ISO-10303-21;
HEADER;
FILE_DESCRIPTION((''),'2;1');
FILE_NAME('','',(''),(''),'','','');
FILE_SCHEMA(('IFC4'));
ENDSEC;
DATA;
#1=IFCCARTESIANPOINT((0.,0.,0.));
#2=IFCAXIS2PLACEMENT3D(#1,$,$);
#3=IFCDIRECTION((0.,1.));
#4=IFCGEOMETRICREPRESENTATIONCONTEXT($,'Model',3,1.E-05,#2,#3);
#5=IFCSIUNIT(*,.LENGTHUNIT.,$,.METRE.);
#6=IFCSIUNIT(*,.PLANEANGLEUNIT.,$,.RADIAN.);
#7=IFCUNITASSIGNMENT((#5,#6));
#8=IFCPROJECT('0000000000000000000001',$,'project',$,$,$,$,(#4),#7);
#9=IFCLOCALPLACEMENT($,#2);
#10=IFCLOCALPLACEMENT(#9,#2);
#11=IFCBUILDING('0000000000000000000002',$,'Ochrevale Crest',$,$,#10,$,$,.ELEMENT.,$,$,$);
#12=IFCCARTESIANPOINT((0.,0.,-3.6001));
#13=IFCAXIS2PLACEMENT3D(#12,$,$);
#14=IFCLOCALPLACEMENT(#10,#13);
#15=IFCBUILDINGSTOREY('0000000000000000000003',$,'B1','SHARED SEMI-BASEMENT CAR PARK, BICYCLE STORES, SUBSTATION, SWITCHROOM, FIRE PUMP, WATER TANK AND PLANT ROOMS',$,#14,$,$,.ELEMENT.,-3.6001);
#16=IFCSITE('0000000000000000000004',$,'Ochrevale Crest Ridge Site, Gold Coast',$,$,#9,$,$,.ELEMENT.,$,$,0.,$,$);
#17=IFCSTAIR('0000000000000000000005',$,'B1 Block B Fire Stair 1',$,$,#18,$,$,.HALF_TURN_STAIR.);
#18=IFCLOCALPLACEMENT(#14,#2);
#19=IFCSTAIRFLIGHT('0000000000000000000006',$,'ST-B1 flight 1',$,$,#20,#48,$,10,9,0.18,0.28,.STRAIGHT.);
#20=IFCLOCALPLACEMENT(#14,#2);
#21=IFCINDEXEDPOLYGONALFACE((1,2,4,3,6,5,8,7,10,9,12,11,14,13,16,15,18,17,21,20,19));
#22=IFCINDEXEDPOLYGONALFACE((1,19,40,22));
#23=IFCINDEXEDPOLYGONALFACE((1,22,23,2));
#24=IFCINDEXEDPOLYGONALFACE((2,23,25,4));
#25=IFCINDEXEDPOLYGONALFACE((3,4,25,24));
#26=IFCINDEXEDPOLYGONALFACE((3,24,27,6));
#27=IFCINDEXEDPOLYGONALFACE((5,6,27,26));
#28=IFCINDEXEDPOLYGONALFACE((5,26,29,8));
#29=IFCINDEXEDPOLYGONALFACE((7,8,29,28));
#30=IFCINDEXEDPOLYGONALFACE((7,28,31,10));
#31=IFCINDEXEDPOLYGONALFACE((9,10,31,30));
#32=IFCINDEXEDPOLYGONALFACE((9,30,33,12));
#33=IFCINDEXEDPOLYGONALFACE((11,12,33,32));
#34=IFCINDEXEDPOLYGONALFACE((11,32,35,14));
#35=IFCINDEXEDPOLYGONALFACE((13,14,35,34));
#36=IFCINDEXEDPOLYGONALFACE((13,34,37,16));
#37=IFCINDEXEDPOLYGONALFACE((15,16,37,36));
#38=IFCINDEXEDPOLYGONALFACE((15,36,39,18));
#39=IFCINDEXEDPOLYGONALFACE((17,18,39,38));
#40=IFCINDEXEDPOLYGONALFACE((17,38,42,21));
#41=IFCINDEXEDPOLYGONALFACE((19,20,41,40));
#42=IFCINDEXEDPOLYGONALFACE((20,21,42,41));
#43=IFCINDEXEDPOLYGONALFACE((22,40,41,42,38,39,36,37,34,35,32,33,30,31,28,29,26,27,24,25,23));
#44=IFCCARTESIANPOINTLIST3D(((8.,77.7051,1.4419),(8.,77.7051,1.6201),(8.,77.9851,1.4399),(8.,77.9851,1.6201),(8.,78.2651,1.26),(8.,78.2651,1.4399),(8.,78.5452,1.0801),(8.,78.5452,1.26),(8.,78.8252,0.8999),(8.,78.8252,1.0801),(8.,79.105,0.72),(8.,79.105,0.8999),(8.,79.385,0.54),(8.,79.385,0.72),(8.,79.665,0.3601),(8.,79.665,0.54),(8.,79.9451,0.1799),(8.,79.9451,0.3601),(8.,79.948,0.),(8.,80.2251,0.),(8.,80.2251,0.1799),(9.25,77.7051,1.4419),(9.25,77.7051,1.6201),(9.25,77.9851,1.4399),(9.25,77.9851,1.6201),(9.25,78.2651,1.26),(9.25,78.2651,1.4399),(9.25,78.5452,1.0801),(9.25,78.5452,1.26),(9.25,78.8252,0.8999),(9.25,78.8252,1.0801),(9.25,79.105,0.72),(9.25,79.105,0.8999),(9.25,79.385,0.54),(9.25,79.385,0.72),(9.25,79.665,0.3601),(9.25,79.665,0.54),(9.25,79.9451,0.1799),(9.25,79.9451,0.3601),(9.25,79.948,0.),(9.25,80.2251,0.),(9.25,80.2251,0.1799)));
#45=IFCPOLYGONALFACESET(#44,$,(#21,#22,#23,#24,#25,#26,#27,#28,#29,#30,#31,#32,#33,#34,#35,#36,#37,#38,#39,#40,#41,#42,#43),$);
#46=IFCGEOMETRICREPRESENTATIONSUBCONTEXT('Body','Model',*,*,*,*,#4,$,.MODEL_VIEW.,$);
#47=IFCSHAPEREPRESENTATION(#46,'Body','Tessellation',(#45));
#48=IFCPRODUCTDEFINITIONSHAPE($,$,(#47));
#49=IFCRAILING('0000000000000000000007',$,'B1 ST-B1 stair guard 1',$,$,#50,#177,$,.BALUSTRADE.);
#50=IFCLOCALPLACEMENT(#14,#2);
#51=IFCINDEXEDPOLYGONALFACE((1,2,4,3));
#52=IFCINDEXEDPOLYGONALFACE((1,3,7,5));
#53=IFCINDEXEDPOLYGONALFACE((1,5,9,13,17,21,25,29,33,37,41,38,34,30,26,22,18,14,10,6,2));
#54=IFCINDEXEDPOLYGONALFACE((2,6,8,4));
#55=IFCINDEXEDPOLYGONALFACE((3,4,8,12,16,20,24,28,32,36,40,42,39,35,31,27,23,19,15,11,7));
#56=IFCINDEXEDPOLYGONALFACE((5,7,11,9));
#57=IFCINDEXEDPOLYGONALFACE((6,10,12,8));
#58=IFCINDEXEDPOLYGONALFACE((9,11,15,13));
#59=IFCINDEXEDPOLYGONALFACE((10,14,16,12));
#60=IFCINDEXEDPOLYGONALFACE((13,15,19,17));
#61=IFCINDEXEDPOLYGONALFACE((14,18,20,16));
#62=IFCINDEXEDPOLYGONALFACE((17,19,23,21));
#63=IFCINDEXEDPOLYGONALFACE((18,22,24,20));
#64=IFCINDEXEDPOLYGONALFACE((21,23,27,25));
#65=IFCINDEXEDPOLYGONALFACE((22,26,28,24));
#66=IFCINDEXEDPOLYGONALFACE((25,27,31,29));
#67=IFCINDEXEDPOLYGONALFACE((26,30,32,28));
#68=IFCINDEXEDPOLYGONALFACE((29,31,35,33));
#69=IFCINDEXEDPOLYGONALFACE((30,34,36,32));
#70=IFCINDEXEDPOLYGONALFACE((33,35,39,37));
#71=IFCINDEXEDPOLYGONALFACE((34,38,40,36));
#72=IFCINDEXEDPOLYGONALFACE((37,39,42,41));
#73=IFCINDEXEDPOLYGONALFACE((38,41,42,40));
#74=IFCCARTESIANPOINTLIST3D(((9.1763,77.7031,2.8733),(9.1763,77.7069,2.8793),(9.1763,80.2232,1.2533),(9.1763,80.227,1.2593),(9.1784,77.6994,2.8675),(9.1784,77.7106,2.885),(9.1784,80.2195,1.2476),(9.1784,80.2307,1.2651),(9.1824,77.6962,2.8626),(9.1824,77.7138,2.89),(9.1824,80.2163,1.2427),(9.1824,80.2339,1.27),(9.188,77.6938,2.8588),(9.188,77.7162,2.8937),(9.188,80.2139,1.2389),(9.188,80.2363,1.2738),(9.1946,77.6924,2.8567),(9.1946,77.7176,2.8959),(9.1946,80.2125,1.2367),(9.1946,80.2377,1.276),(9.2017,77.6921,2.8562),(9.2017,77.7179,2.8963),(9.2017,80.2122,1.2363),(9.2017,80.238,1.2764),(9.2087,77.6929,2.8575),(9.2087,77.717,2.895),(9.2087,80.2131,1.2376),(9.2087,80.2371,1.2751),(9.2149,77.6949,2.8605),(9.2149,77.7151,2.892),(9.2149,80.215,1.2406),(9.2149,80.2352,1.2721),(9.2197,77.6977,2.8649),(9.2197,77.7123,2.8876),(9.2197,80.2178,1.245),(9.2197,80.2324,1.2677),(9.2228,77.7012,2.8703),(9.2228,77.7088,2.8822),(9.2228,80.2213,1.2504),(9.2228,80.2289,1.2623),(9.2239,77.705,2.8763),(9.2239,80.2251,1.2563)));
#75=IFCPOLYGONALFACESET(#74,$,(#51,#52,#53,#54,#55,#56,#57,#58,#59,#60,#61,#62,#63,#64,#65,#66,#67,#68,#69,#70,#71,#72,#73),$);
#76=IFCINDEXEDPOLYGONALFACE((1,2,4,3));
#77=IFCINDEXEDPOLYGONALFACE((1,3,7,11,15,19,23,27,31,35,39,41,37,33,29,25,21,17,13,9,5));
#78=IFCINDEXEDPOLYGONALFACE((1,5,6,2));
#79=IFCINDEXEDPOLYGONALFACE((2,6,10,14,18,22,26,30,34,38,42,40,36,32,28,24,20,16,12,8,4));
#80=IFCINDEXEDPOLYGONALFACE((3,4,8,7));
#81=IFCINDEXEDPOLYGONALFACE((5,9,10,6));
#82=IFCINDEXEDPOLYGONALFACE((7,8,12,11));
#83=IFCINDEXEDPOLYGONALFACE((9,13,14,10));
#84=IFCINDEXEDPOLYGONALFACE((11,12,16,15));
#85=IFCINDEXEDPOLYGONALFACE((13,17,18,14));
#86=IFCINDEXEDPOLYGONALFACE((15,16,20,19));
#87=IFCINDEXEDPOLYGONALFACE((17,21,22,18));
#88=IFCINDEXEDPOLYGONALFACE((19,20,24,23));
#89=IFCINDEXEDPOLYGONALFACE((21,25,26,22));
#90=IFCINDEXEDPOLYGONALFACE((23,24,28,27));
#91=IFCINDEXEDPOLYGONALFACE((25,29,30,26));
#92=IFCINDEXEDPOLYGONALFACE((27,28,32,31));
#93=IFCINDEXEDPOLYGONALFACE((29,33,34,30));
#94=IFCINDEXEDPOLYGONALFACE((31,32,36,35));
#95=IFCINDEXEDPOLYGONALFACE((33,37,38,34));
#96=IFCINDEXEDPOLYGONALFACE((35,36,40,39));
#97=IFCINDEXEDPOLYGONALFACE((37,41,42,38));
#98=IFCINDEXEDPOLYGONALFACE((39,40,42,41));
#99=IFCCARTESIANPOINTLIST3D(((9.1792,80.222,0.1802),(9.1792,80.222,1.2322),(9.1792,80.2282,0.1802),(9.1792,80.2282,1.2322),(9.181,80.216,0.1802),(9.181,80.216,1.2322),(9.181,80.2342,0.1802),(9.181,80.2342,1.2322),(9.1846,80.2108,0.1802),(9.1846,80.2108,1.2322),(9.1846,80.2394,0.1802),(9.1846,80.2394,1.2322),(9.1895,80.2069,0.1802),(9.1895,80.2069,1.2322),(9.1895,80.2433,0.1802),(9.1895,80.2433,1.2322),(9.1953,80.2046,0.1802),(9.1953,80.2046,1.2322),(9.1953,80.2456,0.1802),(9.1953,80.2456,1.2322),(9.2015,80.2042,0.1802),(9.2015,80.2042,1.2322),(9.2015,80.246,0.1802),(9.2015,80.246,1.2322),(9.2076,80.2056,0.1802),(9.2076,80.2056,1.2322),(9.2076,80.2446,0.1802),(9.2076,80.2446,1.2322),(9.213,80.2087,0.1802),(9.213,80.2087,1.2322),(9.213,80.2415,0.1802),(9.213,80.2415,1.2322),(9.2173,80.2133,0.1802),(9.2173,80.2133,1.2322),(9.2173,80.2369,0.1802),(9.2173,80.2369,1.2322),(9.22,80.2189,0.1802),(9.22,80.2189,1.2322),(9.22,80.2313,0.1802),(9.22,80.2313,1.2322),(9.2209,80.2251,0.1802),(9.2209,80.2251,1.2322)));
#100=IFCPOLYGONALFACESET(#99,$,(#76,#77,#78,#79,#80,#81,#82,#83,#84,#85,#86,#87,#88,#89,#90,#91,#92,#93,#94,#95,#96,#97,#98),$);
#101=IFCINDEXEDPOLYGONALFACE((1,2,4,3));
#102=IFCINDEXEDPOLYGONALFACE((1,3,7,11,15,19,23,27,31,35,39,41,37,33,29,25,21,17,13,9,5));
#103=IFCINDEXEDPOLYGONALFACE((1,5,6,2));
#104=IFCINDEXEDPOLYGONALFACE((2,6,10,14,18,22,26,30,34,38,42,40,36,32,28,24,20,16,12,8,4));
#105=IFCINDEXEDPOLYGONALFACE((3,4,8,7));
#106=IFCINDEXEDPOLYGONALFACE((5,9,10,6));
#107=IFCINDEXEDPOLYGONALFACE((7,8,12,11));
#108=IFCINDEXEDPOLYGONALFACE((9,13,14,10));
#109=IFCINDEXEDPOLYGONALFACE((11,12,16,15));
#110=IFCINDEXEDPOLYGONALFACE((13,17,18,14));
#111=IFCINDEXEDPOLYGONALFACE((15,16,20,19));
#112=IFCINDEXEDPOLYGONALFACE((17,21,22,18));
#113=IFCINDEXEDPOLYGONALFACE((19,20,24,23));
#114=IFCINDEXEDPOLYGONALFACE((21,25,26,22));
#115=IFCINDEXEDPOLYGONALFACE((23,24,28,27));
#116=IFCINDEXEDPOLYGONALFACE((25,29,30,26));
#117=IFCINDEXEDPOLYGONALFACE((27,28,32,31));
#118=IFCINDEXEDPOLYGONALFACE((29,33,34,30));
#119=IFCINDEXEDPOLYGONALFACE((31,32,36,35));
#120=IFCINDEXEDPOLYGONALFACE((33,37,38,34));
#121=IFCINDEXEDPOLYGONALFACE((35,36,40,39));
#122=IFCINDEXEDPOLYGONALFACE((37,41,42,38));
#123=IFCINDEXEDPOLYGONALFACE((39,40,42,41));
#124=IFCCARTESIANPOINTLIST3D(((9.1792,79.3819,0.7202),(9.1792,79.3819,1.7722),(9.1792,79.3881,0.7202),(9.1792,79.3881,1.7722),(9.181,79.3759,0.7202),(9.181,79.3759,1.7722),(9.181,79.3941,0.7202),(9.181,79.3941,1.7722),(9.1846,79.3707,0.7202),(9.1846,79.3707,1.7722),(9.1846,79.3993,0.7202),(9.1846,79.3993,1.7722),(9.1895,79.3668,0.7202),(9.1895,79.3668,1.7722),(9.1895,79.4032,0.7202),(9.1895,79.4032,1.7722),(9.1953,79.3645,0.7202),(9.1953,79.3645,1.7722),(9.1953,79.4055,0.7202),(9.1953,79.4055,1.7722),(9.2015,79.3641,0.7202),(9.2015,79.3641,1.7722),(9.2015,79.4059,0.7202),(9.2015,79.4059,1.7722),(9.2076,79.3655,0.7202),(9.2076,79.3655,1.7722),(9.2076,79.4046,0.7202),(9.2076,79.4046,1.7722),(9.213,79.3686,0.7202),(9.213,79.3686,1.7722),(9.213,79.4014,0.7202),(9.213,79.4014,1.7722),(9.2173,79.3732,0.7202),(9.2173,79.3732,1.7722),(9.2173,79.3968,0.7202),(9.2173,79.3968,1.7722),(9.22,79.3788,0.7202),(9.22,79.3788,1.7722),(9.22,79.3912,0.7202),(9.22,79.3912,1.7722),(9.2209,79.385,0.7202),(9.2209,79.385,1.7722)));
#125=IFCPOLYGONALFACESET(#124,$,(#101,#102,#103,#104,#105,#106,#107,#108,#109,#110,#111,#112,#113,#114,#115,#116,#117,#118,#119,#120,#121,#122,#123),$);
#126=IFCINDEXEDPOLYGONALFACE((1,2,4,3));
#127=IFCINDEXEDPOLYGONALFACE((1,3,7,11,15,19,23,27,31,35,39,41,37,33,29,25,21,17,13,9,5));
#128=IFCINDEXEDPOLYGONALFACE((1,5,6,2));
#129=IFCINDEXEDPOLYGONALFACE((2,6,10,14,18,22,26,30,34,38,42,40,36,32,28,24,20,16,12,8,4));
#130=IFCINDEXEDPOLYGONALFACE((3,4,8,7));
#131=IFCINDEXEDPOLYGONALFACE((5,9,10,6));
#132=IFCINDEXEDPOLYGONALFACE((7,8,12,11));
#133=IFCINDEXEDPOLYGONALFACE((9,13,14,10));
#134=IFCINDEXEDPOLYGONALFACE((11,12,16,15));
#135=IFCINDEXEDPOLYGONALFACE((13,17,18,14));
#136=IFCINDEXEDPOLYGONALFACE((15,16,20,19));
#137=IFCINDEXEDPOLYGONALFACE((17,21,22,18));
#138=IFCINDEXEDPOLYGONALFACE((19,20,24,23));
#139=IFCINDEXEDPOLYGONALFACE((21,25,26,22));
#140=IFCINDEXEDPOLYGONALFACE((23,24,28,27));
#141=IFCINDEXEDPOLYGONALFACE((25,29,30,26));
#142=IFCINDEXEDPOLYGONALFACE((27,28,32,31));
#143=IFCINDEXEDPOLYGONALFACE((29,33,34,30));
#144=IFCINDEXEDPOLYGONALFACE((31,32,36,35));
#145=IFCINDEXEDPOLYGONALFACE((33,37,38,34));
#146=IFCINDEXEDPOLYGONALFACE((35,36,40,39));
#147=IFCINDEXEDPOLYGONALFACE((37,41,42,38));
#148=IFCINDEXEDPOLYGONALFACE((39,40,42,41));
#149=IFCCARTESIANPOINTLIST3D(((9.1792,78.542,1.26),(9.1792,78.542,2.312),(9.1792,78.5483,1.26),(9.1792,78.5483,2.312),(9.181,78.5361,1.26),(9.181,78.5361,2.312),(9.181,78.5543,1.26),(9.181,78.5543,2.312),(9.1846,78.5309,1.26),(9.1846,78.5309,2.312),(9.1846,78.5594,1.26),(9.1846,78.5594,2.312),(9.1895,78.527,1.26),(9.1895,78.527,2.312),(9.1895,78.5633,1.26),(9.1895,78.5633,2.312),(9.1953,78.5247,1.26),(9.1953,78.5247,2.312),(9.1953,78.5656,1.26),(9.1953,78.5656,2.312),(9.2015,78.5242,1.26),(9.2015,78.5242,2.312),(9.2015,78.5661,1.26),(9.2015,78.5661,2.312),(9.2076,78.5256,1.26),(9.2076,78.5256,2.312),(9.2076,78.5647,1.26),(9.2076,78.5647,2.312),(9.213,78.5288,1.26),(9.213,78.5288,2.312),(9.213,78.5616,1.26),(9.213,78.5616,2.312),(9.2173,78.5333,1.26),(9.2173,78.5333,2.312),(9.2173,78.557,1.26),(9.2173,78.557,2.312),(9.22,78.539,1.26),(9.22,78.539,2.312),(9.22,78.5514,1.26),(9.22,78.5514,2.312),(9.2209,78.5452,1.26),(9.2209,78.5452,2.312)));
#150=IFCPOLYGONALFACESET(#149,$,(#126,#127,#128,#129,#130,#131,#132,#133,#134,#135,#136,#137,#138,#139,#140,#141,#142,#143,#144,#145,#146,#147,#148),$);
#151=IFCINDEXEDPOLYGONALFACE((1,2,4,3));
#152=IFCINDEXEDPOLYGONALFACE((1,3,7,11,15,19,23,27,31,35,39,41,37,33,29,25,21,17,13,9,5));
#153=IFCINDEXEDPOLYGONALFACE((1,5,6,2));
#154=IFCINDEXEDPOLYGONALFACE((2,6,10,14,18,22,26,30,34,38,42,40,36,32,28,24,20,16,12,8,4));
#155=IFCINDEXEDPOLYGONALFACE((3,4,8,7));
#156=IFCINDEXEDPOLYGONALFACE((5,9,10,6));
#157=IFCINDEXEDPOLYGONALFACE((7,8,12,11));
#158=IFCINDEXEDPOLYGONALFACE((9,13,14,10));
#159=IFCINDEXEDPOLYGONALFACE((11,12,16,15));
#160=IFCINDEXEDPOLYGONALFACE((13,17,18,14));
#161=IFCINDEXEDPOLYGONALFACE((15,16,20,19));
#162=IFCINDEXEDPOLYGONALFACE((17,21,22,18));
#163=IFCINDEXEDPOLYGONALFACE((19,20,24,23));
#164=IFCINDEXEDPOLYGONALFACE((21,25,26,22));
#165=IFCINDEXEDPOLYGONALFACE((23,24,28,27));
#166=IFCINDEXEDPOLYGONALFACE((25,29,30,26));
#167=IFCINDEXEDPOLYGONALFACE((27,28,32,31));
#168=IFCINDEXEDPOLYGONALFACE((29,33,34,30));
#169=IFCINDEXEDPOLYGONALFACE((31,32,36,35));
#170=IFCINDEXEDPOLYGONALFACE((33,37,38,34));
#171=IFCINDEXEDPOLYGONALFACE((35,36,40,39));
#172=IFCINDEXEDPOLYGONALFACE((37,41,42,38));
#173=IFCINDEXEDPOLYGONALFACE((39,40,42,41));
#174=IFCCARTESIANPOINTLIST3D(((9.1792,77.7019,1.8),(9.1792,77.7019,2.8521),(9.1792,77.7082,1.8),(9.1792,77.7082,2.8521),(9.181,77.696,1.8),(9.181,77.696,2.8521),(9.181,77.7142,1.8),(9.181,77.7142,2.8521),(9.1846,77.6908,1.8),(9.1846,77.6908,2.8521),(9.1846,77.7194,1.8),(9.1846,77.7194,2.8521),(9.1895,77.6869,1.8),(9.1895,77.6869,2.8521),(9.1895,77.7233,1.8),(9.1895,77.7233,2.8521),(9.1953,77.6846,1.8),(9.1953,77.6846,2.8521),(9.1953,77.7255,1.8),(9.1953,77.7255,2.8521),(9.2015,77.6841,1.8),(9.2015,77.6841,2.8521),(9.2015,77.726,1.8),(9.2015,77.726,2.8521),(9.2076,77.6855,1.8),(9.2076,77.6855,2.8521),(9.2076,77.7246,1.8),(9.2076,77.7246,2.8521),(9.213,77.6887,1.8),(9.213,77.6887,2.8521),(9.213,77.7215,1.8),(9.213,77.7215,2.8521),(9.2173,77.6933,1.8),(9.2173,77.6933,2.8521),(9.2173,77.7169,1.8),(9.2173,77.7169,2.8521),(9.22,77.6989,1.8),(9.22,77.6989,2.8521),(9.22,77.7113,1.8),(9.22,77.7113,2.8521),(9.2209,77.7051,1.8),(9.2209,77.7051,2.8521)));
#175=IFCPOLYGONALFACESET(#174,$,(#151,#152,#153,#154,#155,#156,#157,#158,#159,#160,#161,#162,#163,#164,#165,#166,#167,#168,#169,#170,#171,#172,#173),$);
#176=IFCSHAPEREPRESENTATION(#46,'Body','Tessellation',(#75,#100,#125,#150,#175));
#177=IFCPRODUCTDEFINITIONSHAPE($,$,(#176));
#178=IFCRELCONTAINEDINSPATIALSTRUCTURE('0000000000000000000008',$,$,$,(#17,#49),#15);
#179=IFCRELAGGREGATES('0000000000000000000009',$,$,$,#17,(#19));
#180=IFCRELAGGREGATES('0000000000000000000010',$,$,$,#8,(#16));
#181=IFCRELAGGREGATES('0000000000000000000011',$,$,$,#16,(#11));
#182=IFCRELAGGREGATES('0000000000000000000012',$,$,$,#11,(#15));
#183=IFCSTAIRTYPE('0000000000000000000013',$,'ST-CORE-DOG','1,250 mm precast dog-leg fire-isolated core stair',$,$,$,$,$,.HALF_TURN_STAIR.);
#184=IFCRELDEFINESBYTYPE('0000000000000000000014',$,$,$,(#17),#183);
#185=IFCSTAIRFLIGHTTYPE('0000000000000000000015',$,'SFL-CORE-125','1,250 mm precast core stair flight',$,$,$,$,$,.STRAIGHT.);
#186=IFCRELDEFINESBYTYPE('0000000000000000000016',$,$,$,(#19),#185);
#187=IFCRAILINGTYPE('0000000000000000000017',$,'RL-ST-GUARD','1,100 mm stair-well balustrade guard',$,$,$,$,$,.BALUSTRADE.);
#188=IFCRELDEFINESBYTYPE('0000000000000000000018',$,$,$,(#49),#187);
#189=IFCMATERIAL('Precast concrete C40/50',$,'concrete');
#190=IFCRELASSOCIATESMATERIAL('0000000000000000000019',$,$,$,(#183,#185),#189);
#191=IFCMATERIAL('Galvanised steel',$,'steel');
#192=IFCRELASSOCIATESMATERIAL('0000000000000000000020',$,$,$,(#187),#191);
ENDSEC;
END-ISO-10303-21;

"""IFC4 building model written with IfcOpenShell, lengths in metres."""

from ifc_helpers import new_model, si_unit, direction, frame, origin, origin_2d, place, context, subcontext, project, spatial, polyline, circle, outline, extrude, material, type_object, element, aggregate, save


model = new_model("IFC4")

# Units and contexts
model_context = context("Model", 3, precision=1e-05, world=origin(), true_north=direction((0.0, 1.0)))
body_context = subcontext(model_context, "Body", "Model", "MODEL_VIEW")
ifc_project = project(units=[si_unit("LENGTHUNIT", "METRE"), si_unit("PLANEANGLEUNIT", "RADIAN")], contexts=[model_context])

# Site, building, storey
site_placement = place(None, origin())
site = spatial("IfcSite", under=ifc_project, at=site_placement, Name="Ochrevale Crest Ridge Site, Gold Coast", CompositionType="ELEMENT", RefElevation=0.0)
building_placement = place(site_placement, origin())
building = spatial("IfcBuilding", under=site, at=building_placement, Name="Ochrevale Crest", CompositionType="ELEMENT")
storey_placement = place(building_placement, frame((0.0, 0.0, -3.6001)))
storey = spatial("IfcBuildingStorey", under=building, at=storey_placement, Name="B1", Description="SHARED SEMI-BASEMENT CAR PARK, BICYCLE STORES, SUBSTATION, SWITCHROOM, FIRE PUMP, WATER TANK AND PLANT ROOMS", CompositionType="ELEMENT", Elevation=-3.6001)

# Stair, stair flight
ifc_material_1 = material(Name="Precast concrete C40/50", Category="concrete")
stair_type = type_object("IfcStairType", Name="ST-CORE-DOG", Description="1,250 mm precast dog-leg fire-isolated core stair", PredefinedType="HALF_TURN_STAIR", material=ifc_material_1)
stair_placement = place(storey_placement, origin())
stair = element("IfcStair", 1, at=stair_placement, inside=storey, type_object=stair_type, Name="B1 Block B Fire Stair 1", PredefinedType="HALF_TURN_STAIR")
stair_flight_type = type_object("IfcStairFlightType", Name="SFL-CORE-125", Description="1,250 mm precast core stair flight", PredefinedType="STRAIGHT", material=ifc_material_1)
stair_flight_placement = place(storey_placement, frame((8.625, 80.2251, 0.0), z_axis=(0.0, 0.0, 1.0), x_axis=(0.0, -1.0, 0.0)))
stair_flight = element("IfcStairFlight", 2, at=stair_flight_placement, type_object=stair_flight_type, Name="ST-B1 flight 1", NumberOfRisers=10, NumberOfTreads=9, PredefinedType="STRAIGHT", RiserHeight=0.18, TreadLength=0.28, context=body_context, shape_type="SweptSolid", body=[
    extrude(outline(polyline([(0.0, 0.0), (0.0, 0.1799), (0.28, 0.1799), (0.28, 0.3601), (0.5601, 0.3601), (0.5601, 0.54), (0.8401, 0.54), (0.8401, 0.72), (1.1201, 0.72), (1.1201, 0.8999), (1.3999, 0.8999), (1.3999, 1.0801), (1.6799, 1.0801), (1.6799, 1.26), (1.96, 1.26), (1.96, 1.4399), (2.24, 1.4399), (2.24, 1.6201), (2.52, 1.6201), (2.52, 1.8), (2.52, 1.4419), (0.2771, 0.0), (0.0, 0.0)])), frame((0.0, 0.625, 0.0), z_axis=(0.0, -1.0, 0.0), x_axis=(1.0, 0.0, 0.0)), (0.0, 0.0, 1.0), 1.25),
])
aggregate(stair, [stair_flight])

# Railing
ifc_material_2 = material(Name="Galvanised steel", Category="steel")
railing_type = type_object("IfcRailingType", Name="RL-ST-GUARD", Description="1,100 mm stair-well balustrade guard", PredefinedType="BALUSTRADE", material=ifc_material_2)
railing_1_placement = place(storey_placement, frame((9.2, 80.2251, 0.1802)))
element("IfcRailing", 3, at=railing_1_placement, inside=storey, type_object=railing_type, Name="B1 ST-B1 stair guard 1", PredefinedType="BALUSTRADE", context=body_context, shape_type="SweptSolid", body=[
    extrude(circle(Radius=0.0239, at=origin_2d()), frame((0.0, 0.0, 1.0762), z_axis=(0.0, -0.8412, 0.540725), x_axis=(1.0, 0.0, 0.0)), (0.0, 0.0, 1.0), 2.9958),
    extrude(circle(Radius=0.021, at=origin_2d()), origin(), (0.0, 0.0, 1.0), 1.052),
    extrude(circle(Radius=0.021, at=origin_2d()), frame((0.0, -0.8401, 0.54)), (0.0, 0.0, 1.0), 1.052),
    extrude(circle(Radius=0.021, at=origin_2d()), frame((0.0, -1.6799, 1.0798)), (0.0, 0.0, 1.0), 1.052),
    extrude(circle(Radius=0.021, at=origin_2d()), frame((0.0, -2.52, 1.6199)), (0.0, 0.0, 1.0), 1.052),
])

save(model, "model.ifc")
